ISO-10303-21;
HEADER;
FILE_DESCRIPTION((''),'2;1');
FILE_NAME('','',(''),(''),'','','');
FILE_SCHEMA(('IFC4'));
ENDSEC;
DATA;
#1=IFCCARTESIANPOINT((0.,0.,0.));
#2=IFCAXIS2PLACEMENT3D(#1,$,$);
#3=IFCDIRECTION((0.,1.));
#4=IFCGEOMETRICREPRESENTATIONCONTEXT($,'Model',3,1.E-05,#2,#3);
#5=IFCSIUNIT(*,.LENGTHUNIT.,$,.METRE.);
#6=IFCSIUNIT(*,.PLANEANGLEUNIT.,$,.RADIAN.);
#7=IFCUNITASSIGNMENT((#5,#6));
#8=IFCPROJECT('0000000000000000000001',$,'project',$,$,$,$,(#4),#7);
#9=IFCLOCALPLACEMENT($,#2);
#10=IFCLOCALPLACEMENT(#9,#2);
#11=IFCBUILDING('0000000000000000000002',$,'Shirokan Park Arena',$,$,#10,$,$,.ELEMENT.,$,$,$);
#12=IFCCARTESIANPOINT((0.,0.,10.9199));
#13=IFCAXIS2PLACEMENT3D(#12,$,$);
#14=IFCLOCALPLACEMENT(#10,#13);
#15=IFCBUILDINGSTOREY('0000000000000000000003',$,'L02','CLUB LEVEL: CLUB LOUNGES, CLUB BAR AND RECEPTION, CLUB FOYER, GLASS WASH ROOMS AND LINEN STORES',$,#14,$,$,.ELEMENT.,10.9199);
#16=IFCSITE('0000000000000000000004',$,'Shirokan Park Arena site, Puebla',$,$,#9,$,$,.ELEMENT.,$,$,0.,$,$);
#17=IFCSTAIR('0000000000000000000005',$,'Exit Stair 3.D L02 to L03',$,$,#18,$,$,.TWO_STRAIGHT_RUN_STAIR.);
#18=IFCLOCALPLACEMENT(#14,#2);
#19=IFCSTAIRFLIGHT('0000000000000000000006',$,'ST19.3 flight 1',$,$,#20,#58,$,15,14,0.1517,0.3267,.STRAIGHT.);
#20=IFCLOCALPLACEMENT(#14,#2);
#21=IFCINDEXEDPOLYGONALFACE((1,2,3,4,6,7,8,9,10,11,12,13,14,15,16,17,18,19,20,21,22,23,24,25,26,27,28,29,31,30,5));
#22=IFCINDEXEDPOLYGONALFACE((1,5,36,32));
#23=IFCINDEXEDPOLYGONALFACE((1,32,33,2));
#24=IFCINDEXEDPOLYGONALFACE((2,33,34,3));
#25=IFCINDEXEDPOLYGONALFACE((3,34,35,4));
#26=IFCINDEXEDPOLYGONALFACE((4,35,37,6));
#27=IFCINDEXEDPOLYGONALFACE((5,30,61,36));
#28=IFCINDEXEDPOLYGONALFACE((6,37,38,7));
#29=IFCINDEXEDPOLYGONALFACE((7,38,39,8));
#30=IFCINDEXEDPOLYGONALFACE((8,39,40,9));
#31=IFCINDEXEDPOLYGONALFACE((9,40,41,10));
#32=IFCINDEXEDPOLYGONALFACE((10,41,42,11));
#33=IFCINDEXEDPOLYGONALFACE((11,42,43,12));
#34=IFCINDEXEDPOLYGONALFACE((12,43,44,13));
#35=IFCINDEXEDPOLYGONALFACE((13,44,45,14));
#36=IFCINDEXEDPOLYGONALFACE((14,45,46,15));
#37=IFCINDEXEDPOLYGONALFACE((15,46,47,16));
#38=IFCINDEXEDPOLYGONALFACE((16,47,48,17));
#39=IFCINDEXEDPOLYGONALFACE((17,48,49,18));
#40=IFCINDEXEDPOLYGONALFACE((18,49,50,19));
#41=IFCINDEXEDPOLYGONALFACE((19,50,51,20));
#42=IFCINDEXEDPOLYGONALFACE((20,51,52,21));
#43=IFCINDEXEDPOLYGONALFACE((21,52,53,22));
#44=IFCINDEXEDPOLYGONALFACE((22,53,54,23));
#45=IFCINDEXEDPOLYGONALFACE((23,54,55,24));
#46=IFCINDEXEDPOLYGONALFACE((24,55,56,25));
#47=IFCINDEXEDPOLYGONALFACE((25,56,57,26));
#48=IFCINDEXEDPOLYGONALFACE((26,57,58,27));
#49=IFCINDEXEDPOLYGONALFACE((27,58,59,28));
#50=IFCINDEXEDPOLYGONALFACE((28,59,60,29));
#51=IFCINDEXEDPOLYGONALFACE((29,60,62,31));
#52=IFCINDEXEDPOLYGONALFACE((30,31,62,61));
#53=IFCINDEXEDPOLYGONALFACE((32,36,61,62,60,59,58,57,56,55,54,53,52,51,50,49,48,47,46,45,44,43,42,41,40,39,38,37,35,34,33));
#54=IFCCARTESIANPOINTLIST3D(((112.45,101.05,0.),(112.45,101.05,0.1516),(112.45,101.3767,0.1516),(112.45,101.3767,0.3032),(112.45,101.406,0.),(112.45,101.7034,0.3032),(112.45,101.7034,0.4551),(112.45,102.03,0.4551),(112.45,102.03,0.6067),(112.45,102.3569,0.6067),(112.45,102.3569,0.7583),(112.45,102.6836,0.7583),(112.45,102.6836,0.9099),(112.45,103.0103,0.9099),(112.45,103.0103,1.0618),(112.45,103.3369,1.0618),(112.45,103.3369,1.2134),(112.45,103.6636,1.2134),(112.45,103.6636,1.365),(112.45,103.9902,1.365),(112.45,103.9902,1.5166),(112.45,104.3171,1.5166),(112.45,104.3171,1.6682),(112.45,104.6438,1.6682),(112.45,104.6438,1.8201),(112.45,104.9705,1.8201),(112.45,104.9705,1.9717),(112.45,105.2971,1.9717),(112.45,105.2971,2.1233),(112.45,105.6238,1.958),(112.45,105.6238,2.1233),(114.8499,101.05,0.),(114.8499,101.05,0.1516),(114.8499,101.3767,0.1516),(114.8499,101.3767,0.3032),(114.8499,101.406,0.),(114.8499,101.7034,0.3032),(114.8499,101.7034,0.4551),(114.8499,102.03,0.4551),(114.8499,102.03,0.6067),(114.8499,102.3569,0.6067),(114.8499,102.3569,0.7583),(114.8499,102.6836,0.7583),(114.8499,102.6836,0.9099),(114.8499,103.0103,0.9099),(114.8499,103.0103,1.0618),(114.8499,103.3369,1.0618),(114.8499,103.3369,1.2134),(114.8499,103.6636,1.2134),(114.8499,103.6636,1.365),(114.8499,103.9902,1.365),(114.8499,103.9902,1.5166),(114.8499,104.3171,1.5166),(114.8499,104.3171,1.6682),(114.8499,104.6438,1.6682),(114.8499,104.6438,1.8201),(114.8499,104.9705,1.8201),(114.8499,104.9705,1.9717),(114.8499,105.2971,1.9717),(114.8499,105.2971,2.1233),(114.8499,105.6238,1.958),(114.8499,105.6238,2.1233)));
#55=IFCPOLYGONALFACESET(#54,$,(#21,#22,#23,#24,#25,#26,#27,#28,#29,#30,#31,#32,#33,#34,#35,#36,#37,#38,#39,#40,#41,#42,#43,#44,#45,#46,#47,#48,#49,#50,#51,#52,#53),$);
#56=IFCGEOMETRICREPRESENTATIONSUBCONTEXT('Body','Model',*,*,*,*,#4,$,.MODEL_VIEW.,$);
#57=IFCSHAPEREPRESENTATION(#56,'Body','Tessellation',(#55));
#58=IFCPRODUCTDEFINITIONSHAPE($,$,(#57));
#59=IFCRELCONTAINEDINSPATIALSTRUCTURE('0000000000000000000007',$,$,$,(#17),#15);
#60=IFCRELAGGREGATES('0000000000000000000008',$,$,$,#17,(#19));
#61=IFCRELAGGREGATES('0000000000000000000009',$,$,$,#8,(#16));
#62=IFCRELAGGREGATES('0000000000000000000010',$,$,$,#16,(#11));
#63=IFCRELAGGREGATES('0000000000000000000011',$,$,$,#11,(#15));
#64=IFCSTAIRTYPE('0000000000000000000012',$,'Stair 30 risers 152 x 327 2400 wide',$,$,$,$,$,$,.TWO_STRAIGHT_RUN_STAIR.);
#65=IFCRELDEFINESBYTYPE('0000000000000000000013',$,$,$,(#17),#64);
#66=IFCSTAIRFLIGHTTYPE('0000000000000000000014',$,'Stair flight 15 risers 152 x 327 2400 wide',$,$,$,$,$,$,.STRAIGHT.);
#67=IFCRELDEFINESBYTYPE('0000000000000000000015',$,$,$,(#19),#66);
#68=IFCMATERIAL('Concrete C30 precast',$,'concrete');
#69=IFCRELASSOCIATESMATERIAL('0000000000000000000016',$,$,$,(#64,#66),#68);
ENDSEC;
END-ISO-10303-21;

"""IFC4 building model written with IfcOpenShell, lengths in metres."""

from ifc_helpers import new_model, si_unit, direction, frame, origin, place, context, subcontext, project, spatial, polyline, outline, extrude, material, type_object, element, aggregate, save


model = new_model("IFC4")

# Units and contexts
model_context = context("Model", 3, precision=1e-05, world=origin(), true_north=direction((0.0, 1.0)))
body_context = subcontext(model_context, "Body", "Model", "MODEL_VIEW")
ifc_project = project(units=[si_unit("LENGTHUNIT", "METRE"), si_unit("PLANEANGLEUNIT", "RADIAN")], contexts=[model_context])

# Site, building, storey
site_placement = place(None, origin())
site = spatial("IfcSite", under=ifc_project, at=site_placement, Name="Shirokan Park Arena site, Puebla", CompositionType="ELEMENT", RefElevation=0.0)
building_placement = place(site_placement, origin())
building = spatial("IfcBuilding", under=site, at=building_placement, Name="Shirokan Park Arena", CompositionType="ELEMENT")
storey_placement = place(building_placement, frame((0.0, 0.0, 10.9199)))
storey = spatial("IfcBuildingStorey", under=building, at=storey_placement, Name="L02", Description="CLUB LEVEL: CLUB LOUNGES, CLUB BAR AND RECEPTION, CLUB FOYER, GLASS WASH ROOMS AND LINEN STORES", CompositionType="ELEMENT", Elevation=10.9199)

# Stair, stair flight
ifc_material_1 = material(Name="Concrete C30 precast", Category="concrete")
stair_type = type_object("IfcStairType", Name="Stair 30 risers 152 x 327 2400 wide", PredefinedType="TWO_STRAIGHT_RUN_STAIR", material=ifc_material_1)
stair_placement = place(storey_placement, origin())
stair = element("IfcStair", 1, at=stair_placement, inside=storey, type_object=stair_type, Name="Exit Stair 3.D L02 to L03", PredefinedType="TWO_STRAIGHT_RUN_STAIR")
stair_flight_type = type_object("IfcStairFlightType", Name="Stair flight 15 risers 152 x 327 2400 wide", PredefinedType="STRAIGHT", material=ifc_material_1)
stair_flight_placement = place(storey_placement, frame((113.6499, 101.05, 0.0), z_axis=(0.0, 0.0, 1.0), x_axis=(0.0, 1.0, 0.0)))
stair_flight = element("IfcStairFlight", 2, at=stair_flight_placement, type_object=stair_flight_type, Name="ST19.3 flight 1", NumberOfRisers=15, NumberOfTreads=14, PredefinedType="STRAIGHT", RiserHeight=0.1517, TreadLength=0.3267, context=body_context, shape_type="SweptSolid", body=[
    extrude(outline(polyline([(0.0, 0.0), (0.0, 0.1516), (0.3267, 0.1516), (0.3267, 0.3032), (0.6533, 0.3032), (0.6533, 0.4551), (0.98, 0.4551), (0.98, 0.6067), (1.3069, 0.6067), (1.3069, 0.7583), (1.6335, 0.7583), (1.6335, 0.9099), (1.9602, 0.9099), (1.9602, 1.0618), (2.2869, 1.0618), (2.2869, 1.2134), (2.6135, 1.2134), (2.6135, 1.365), (2.9402, 1.365), (2.9402, 1.5166), (3.2671, 1.5166), (3.2671, 1.6682), (3.5938, 1.6682), (3.5938, 1.8201), (3.9204, 1.8201), (3.9204, 1.9717), (4.2471, 1.9717), (4.2471, 2.1233), (4.5737, 2.1233), (4.5737, 2.2749), (4.5737, 1.958), (0.356, 0.0), (0.0, 0.0)])), frame((0.0, 1.2, 0.0), z_axis=(0.0, -1.0, 0.0), x_axis=(1.0, 0.0, 0.0)), (0.0, 0.0, 1.0), 2.3999),
])
aggregate(stair, [stair_flight])

save(model, "model.ifc")
